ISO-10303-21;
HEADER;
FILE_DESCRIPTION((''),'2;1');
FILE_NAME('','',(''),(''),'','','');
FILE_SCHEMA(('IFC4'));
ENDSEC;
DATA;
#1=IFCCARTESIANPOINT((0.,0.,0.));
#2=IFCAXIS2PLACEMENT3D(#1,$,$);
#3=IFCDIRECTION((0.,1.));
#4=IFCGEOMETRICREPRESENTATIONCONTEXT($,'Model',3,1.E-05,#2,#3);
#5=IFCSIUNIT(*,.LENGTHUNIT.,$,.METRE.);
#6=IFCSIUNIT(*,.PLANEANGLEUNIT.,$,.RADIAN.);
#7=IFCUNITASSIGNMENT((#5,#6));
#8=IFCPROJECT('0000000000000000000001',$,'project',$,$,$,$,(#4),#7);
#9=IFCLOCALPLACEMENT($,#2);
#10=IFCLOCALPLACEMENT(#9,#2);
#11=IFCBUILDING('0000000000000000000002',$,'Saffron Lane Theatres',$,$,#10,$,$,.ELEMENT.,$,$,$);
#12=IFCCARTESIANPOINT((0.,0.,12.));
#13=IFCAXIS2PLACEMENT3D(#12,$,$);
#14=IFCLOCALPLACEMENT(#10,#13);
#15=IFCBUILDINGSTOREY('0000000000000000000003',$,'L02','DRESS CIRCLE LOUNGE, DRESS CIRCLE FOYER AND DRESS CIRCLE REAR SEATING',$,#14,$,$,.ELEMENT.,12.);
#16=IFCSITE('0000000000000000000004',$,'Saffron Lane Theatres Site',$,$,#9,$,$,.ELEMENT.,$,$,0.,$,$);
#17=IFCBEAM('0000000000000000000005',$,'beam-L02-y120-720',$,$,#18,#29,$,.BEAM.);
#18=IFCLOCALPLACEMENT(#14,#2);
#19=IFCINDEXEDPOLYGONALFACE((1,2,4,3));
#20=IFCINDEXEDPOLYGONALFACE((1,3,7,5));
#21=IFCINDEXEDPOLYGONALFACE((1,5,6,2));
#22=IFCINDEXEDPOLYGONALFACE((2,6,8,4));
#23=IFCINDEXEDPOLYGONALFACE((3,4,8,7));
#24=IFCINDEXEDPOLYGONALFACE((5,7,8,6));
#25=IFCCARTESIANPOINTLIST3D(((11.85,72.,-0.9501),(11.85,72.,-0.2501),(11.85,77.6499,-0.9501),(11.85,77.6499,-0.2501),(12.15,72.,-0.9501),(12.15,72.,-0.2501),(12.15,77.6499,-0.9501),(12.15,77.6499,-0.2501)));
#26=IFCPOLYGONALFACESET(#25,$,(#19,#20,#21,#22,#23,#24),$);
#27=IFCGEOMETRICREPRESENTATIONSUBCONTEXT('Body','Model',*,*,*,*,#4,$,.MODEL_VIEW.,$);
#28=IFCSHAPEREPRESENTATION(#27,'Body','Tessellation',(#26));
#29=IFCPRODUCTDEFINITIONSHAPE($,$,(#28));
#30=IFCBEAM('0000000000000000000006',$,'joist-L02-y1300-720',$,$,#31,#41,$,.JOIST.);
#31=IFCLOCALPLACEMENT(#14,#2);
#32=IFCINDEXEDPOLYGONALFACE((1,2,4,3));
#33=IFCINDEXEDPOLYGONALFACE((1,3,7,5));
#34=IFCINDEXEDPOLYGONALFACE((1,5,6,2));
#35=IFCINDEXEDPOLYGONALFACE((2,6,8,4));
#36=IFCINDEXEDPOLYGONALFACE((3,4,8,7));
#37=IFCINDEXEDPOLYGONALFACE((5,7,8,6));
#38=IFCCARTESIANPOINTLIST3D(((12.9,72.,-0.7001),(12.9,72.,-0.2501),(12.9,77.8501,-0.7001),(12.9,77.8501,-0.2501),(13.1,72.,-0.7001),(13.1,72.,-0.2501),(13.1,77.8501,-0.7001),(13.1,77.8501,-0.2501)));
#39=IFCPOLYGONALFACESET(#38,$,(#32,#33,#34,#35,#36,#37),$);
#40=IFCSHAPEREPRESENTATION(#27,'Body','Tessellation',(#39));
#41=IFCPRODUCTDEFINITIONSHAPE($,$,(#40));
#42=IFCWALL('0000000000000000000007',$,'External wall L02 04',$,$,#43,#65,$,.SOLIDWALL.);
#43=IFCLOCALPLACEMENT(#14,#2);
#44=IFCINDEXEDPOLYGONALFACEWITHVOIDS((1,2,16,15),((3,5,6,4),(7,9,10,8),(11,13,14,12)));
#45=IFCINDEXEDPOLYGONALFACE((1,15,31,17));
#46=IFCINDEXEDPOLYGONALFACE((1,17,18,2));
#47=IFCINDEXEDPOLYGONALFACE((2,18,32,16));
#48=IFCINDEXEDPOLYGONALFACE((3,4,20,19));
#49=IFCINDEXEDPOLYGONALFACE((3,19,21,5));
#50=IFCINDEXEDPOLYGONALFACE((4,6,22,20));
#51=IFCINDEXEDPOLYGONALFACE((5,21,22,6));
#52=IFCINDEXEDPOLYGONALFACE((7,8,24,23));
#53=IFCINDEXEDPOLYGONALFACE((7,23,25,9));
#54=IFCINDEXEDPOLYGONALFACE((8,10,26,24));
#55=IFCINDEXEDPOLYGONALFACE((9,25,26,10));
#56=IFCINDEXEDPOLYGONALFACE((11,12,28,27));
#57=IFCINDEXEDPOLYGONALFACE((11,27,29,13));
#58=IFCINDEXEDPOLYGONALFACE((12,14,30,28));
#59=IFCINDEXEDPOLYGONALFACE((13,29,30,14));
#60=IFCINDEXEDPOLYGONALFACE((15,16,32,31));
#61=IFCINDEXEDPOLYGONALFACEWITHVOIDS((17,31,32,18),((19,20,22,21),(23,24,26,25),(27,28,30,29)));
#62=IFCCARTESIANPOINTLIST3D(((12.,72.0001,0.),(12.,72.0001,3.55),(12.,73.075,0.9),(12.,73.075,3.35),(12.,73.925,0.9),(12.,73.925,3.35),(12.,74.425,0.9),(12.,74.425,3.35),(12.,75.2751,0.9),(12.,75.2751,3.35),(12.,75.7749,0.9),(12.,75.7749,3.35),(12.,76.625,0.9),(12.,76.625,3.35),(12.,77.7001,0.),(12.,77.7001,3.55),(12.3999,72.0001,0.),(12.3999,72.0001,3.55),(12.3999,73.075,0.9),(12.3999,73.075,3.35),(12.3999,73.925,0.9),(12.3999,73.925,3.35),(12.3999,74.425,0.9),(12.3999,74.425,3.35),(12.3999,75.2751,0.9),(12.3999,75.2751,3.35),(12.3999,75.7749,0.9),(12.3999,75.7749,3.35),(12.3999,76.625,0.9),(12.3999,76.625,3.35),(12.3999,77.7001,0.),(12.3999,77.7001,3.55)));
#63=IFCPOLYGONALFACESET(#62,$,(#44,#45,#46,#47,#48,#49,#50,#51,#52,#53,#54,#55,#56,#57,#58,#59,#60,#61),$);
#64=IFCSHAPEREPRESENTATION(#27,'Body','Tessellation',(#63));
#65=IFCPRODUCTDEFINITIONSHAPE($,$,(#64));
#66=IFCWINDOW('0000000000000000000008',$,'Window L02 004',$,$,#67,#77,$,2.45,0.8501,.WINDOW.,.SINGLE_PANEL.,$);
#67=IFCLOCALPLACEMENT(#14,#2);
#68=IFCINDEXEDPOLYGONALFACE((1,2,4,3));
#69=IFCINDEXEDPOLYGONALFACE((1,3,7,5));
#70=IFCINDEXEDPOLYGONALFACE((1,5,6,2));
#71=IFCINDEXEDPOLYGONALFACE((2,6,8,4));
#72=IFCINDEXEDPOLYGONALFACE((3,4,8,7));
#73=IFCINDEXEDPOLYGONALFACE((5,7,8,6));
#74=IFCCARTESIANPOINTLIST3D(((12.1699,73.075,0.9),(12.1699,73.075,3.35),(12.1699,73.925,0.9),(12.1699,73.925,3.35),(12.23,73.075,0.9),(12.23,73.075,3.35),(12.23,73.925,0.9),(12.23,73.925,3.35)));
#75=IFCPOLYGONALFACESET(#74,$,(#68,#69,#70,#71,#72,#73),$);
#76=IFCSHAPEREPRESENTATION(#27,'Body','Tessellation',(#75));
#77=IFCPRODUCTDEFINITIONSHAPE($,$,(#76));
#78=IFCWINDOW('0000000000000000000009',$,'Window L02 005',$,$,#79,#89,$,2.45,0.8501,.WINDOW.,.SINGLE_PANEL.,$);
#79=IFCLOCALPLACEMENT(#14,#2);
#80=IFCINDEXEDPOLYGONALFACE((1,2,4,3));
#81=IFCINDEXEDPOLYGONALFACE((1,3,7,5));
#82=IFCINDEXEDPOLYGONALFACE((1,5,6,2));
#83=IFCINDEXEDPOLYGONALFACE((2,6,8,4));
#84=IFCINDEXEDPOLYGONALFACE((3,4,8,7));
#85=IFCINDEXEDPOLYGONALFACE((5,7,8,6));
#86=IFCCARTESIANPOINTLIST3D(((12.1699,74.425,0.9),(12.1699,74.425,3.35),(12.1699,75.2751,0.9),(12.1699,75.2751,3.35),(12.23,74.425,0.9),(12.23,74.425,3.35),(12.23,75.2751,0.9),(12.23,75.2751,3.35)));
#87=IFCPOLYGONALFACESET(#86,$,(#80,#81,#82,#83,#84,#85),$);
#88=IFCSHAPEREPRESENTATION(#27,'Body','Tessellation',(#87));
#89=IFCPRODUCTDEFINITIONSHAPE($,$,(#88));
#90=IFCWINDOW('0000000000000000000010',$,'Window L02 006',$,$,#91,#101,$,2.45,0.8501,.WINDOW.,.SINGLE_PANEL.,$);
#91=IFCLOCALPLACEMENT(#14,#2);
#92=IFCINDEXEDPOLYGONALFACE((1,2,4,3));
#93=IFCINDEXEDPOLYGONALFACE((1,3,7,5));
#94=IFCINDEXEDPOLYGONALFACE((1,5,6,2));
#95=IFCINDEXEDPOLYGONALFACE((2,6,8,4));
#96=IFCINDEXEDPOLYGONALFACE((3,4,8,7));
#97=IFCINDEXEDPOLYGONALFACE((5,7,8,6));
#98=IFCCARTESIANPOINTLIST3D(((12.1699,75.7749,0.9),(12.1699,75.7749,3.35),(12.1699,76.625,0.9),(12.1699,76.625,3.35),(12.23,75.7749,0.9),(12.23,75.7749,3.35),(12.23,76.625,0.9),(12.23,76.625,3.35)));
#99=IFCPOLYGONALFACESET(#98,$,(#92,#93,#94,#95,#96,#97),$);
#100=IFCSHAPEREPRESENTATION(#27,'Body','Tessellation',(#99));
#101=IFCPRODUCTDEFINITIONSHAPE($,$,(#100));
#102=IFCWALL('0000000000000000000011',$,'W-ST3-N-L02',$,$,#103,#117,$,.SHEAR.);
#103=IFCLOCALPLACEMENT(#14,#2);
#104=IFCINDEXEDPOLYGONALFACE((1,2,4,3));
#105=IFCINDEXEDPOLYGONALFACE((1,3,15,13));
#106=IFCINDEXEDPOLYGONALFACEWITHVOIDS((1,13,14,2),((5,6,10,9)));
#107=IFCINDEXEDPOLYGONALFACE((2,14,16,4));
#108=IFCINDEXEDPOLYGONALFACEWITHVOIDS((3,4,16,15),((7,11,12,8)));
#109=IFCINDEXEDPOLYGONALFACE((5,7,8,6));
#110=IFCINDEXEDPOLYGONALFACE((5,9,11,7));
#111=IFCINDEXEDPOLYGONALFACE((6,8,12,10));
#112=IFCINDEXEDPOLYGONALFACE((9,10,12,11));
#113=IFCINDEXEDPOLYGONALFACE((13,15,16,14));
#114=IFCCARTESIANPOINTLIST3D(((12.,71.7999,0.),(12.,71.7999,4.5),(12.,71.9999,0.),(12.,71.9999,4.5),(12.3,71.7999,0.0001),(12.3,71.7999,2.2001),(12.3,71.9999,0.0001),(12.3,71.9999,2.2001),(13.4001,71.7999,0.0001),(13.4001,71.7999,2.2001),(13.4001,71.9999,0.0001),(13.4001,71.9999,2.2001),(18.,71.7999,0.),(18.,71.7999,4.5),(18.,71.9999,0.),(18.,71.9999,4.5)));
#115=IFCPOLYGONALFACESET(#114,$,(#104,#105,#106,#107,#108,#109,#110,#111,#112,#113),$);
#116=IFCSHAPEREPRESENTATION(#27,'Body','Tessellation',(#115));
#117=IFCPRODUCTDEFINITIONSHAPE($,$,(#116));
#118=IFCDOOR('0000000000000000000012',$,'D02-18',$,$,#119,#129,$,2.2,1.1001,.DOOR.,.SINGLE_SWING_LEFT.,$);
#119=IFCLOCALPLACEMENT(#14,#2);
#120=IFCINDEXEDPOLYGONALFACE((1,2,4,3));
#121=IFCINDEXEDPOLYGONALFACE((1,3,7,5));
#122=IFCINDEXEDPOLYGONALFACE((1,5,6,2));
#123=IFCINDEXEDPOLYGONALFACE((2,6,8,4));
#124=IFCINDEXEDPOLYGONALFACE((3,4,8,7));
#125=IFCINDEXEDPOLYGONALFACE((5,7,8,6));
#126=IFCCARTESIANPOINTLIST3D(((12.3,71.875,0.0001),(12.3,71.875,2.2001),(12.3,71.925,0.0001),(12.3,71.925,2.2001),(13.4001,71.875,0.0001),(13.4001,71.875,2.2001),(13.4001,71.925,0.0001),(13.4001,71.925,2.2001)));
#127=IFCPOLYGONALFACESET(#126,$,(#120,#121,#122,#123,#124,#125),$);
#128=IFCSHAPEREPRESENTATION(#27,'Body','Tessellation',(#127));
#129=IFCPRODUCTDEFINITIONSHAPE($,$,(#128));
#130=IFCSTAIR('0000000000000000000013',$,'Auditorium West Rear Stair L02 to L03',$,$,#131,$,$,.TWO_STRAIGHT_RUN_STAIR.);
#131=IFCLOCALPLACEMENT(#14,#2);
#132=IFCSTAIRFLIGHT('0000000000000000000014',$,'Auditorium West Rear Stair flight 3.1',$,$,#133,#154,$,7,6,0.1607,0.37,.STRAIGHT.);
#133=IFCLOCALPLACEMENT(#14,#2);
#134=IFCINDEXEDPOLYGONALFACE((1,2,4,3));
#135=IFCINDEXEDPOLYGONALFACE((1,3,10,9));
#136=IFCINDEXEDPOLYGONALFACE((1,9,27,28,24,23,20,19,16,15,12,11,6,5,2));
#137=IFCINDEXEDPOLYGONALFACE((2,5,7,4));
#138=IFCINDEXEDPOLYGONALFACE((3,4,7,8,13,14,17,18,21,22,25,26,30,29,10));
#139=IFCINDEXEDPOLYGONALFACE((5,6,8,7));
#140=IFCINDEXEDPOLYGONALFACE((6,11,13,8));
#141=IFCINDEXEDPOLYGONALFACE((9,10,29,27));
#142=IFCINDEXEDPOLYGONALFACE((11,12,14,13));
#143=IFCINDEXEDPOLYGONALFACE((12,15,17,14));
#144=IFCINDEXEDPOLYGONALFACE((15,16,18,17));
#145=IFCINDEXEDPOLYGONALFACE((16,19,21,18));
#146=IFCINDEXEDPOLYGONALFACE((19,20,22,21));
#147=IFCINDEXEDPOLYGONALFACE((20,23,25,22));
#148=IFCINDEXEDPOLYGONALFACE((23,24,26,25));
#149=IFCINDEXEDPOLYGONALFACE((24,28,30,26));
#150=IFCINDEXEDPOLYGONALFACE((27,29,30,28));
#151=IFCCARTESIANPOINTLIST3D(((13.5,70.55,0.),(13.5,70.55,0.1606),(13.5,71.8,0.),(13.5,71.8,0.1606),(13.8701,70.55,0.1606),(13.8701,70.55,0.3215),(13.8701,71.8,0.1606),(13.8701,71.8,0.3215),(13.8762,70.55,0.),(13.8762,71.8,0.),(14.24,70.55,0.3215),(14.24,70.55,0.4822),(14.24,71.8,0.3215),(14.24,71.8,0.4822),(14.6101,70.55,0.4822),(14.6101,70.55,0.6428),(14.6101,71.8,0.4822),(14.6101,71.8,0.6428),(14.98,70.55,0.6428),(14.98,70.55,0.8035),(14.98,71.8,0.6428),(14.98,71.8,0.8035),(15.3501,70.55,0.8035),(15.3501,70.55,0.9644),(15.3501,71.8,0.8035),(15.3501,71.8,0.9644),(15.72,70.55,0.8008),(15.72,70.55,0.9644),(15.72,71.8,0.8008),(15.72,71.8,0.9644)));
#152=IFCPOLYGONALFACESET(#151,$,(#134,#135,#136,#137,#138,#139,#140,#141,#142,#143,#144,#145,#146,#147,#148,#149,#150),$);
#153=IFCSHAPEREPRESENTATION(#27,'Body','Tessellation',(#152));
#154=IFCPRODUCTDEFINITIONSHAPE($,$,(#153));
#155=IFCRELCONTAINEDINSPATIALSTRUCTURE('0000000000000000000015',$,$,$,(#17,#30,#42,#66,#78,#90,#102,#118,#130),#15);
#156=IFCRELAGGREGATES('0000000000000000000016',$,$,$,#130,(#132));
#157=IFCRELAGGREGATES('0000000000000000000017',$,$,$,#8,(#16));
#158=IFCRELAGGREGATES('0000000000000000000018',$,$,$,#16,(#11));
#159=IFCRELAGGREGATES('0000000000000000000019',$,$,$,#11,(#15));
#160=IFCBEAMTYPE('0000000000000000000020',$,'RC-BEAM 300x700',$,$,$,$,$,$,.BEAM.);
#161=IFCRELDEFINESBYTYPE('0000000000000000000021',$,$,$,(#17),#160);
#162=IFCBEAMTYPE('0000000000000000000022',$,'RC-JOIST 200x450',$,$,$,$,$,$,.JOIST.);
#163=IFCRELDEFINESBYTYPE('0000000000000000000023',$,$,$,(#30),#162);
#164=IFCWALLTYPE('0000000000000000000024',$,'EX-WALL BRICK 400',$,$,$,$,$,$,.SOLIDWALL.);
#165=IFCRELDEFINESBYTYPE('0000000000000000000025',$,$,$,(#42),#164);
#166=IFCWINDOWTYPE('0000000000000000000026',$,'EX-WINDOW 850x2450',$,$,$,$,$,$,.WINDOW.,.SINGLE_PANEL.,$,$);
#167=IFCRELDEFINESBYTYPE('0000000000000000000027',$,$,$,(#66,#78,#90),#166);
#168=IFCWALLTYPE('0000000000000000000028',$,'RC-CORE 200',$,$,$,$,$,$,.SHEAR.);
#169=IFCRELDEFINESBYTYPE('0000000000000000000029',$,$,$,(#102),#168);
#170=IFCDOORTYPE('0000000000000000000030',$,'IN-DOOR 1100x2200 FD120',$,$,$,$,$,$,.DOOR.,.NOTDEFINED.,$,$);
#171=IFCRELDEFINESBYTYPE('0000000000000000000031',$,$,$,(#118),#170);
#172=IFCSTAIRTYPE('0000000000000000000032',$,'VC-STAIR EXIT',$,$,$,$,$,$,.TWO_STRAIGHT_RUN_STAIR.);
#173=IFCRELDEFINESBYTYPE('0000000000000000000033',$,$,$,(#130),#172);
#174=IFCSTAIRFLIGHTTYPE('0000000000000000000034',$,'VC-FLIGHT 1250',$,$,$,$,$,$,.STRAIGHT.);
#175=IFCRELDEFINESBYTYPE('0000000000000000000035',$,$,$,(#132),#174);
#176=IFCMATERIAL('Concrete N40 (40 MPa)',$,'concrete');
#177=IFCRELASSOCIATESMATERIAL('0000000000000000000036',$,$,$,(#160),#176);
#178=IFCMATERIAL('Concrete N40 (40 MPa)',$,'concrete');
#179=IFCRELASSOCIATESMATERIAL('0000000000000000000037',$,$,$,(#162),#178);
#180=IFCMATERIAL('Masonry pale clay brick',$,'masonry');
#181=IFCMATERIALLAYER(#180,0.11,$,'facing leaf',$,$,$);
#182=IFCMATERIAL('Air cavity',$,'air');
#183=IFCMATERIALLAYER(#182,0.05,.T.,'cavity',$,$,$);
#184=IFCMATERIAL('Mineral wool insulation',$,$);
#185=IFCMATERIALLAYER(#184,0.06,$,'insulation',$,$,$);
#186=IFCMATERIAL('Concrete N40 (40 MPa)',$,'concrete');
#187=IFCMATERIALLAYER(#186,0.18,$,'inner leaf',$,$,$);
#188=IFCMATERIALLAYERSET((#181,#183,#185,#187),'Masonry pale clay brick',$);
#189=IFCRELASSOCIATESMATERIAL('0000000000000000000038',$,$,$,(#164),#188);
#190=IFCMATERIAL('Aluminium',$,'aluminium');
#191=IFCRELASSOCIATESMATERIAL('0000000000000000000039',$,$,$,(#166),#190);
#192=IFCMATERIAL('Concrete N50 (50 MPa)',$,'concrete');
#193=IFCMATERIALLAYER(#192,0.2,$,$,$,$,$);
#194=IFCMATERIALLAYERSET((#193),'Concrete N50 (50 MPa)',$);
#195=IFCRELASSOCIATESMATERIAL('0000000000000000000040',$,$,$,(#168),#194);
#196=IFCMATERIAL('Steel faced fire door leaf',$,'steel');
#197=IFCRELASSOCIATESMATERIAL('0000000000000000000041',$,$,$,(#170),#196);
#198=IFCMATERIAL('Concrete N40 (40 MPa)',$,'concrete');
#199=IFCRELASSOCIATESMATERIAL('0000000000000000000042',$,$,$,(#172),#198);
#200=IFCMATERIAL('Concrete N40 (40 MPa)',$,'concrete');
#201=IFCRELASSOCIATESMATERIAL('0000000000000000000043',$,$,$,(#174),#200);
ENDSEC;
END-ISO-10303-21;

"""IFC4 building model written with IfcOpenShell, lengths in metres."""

from ifc_helpers import new_model, si_unit, direction, frame, frame_2d, origin, origin_2d, place, context, subcontext, project, spatial, polyline, rectangle, outline, extrude, material, layer, layer_set, material_profile, profile_set, type_object, element, fill, aggregate, save


model = new_model("IFC4")

# Units and contexts
model_context = context("Model", 3, precision=1e-05, world=origin(), true_north=direction((0.0, 1.0)))
body_context = subcontext(model_context, "Body", "Model", "MODEL_VIEW")
ifc_project = project(units=[si_unit("LENGTHUNIT", "METRE"), si_unit("PLANEANGLEUNIT", "RADIAN")], contexts=[model_context])

# Site, building, storey
site_placement = place(None, origin())
site = spatial("IfcSite", under=ifc_project, at=site_placement, Name="Saffron Lane Theatres Site", CompositionType="ELEMENT", RefElevation=0.0)
building_placement = place(site_placement, origin())
building = spatial("IfcBuilding", under=site, at=building_placement, Name="Saffron Lane Theatres", CompositionType="ELEMENT")
storey_placement = place(building_placement, frame((0.0, 0.0, 12.0)))
storey = spatial("IfcBuildingStorey", under=building, at=storey_placement, Name="L02", Description="DRESS CIRCLE LOUNGE, DRESS CIRCLE FOYER AND DRESS CIRCLE REAR SEATING", CompositionType="ELEMENT", Elevation=12.0)

# Beams
ifc_material_1 = material(Name="Concrete N40 (40 MPa)", Category="concrete")
ifc_material_profile_1 = material_profile(ifc_material_1, rectangle(XDim=0.3, YDim=0.7, at=origin_2d()))
ifc_profile_set_1 = profile_set([ifc_material_profile_1], Name="Concrete N40 (40 MPa)")
beam_type_1 = type_object("IfcBeamType", Name="RC-BEAM 300x700", PredefinedType="BEAM", material=ifc_profile_set_1)
beam_1_placement = place(storey_placement, frame((12.0, 72.0, -0.6001), z_axis=(0.0, 1.0, 0.0), x_axis=(-1.0, 0.0, 0.0)))
element("IfcBeam", 1, at=beam_1_placement, inside=storey, type_object=beam_type_1, Name="beam-L02-y120-720", PredefinedType="BEAM", context=body_context, shape_type="SweptSolid", body=[
    extrude(rectangle(XDim=0.3, YDim=0.7, at=origin_2d()), origin(), (0.0, 0.0, 1.0), 5.6499),
])
ifc_material_2 = material(Name="Concrete N40 (40 MPa)", Category="concrete")
ifc_material_profile_2 = material_profile(ifc_material_2, rectangle(XDim=0.2, YDim=0.45, at=origin_2d()))
ifc_profile_set_2 = profile_set([ifc_material_profile_2], Name="Concrete N40 (40 MPa)")
beam_type_2 = type_object("IfcBeamType", Name="RC-JOIST 200x450", PredefinedType="JOIST", material=ifc_profile_set_2)
beam_2_placement = place(storey_placement, frame((13.0, 72.0, -0.4751), z_axis=(0.0, 1.0, 0.0), x_axis=(-1.0, 0.0, 0.0)))
element("IfcBeam", 2, at=beam_2_placement, inside=storey, type_object=beam_type_2, Name="joist-L02-y1300-720", PredefinedType="JOIST", context=body_context, shape_type="SweptSolid", body=[
    extrude(rectangle(XDim=0.2, YDim=0.45, at=origin_2d()), origin(), (0.0, 0.0, 1.0), 5.8501),
])

# Wall, openings, windows
ifc_material_3 = material(Name="Masonry pale clay brick", Category="masonry")
ifc_layer_1 = layer(ifc_material_3, 0.11, Name="facing leaf")
ifc_material_4 = material(Name="Air cavity", Category="air")
ifc_layer_2 = layer(ifc_material_4, 0.05, ventilated=True, Name="cavity")
ifc_material_5 = material(Name="Mineral wool insulation")
ifc_layer_3 = layer(ifc_material_5, 0.06, Name="insulation")
ifc_material_6 = material(Name="Concrete N40 (40 MPa)", Category="concrete")
ifc_layer_4 = layer(ifc_material_6, 0.18, Name="inner leaf")
ifc_layer_set_1 = layer_set([ifc_layer_1, ifc_layer_2, ifc_layer_3, ifc_layer_4], Name="Masonry pale clay brick")
wall_type_1 = type_object("IfcWallType", Name="EX-WALL BRICK 400", PredefinedType="SOLIDWALL", material=ifc_layer_set_1)
wall_1_placement = place(storey_placement, frame((12.2, 72.0, 0.0), z_axis=(0.0, 0.0, 1.0), x_axis=(0.0, 1.0, 0.0)))
wall_1 = element("IfcWall", 3, at=wall_1_placement, inside=storey, type_object=wall_type_1, Name="External wall L02 04", PredefinedType="SOLIDWALL", context=body_context, shape_type="SweptSolid", body=[
    extrude(rectangle(XDim=5.7, YDim=0.3999, at=frame_2d((2.8501, 0.0))), origin(), (0.0, 0.0, 1.0), 3.55),
])
opening_1_placement = place(wall_1_placement, frame((1.075, 0.0, 0.8999)))
opening_1 = element("IfcOpeningElement", 4, at=opening_1_placement, cuts=wall_1, PredefinedType="OPENING", context=body_context, shape_type="SweptSolid", body=[
    extrude(rectangle(XDim=0.8501, YDim=2.45, at=frame_2d((0.425, 1.2251))), frame((0.0, 0.21, 0.0), z_axis=(0.0, -1.0, 0.0), x_axis=(1.0, 0.0, 0.0)), (0.0, 0.0, 1.0), 0.4199),
])
opening_2_placement = place(wall_1_placement, frame((2.425, 0.0, 0.8999)))
opening_2 = element("IfcOpeningElement", 5, at=opening_2_placement, cuts=wall_1, PredefinedType="OPENING", context=body_context, shape_type="SweptSolid", body=[
    extrude(rectangle(XDim=0.8501, YDim=2.45, at=frame_2d((0.425, 1.2251))), frame((0.0, 0.21, 0.0), z_axis=(0.0, -1.0, 0.0), x_axis=(1.0, 0.0, 0.0)), (0.0, 0.0, 1.0), 0.4199),
])
opening_3_placement = place(wall_1_placement, frame((3.7749, 0.0, 0.8999)))
opening_3 = element("IfcOpeningElement", 6, at=opening_3_placement, cuts=wall_1, PredefinedType="OPENING", context=body_context, shape_type="SweptSolid", body=[
    extrude(rectangle(XDim=0.8501, YDim=2.45, at=frame_2d((0.425, 1.2251))), frame((0.0, 0.21, 0.0), z_axis=(0.0, -1.0, 0.0), x_axis=(1.0, 0.0, 0.0)), (0.0, 0.0, 1.0), 0.4199),
])
ifc_material_7 = material(Name="Aluminium", Category="aluminium")
window_type = type_object("IfcWindowType", Name="EX-WINDOW 850x2450", PartitioningType="SINGLE_PANEL", PredefinedType="WINDOW", material=ifc_material_7)
window_1_placement = place(opening_1_placement, origin())
window_1 = element("IfcWindow", 7, at=window_1_placement, inside=storey, type_object=window_type, Name="Window L02 004", OverallHeight=2.45, OverallWidth=0.8501, PartitioningType="SINGLE_PANEL", PredefinedType="WINDOW", context=body_context, shape_type="SweptSolid", body=[
    extrude(rectangle(XDim=0.8501, YDim=2.45, at=frame_2d((0.425, 1.2251))), frame((0.0, 0.03, 0.0), z_axis=(0.0, -1.0, 0.0), x_axis=(1.0, 0.0, 0.0)), (0.0, 0.0, 1.0), 0.0601),
])
fill(opening_1, window_1)
window_2_placement = place(opening_2_placement, origin())
window_2 = element("IfcWindow", 8, at=window_2_placement, inside=storey, type_object=window_type, Name="Window L02 005", OverallHeight=2.45, OverallWidth=0.8501, PartitioningType="SINGLE_PANEL", PredefinedType="WINDOW", context=body_context, shape_type="SweptSolid", body=[
    extrude(rectangle(XDim=0.8501, YDim=2.45, at=frame_2d((0.425, 1.2251))), frame((0.0, 0.03, 0.0), z_axis=(0.0, -1.0, 0.0), x_axis=(1.0, 0.0, 0.0)), (0.0, 0.0, 1.0), 0.0601),
])
fill(opening_2, window_2)
window_3_placement = place(opening_3_placement, origin())
window_3 = element("IfcWindow", 9, at=window_3_placement, inside=storey, type_object=window_type, Name="Window L02 006", OverallHeight=2.45, OverallWidth=0.8501, PartitioningType="SINGLE_PANEL", PredefinedType="WINDOW", context=body_context, shape_type="SweptSolid", body=[
    extrude(rectangle(XDim=0.8501, YDim=2.45, at=frame_2d((0.425, 1.2251))), frame((0.0, 0.03, 0.0), z_axis=(0.0, -1.0, 0.0), x_axis=(1.0, 0.0, 0.0)), (0.0, 0.0, 1.0), 0.0601),
])
fill(opening_3, window_3)

# Wall, opening, door
ifc_material_8 = material(Name="Concrete N50 (50 MPa)", Category="concrete")
ifc_layer_5 = layer(ifc_material_8, 0.2)
ifc_layer_set_2 = layer_set([ifc_layer_5], Name="Concrete N50 (50 MPa)")
wall_type_2 = type_object("IfcWallType", Name="RC-CORE 200", PredefinedType="SHEAR", material=ifc_layer_set_2)
wall_2_placement = place(storey_placement, frame((12.0, 71.8999, 0.0), z_axis=(0.0, 0.0, 1.0), x_axis=(1.0, 0.0, 0.0)))
wall_2 = element("IfcWall", 10, at=wall_2_placement, inside=storey, type_object=wall_type_2, Name="W-ST3-N-L02", PredefinedType="SHEAR", context=body_context, shape_type="SweptSolid", body=[
    extrude(rectangle(XDim=6.0, YDim=0.2, at=frame_2d((3.0, 0.0))), origin(), (0.0, 0.0, 1.0), 4.5),
])
opening_4_placement = place(wall_2_placement, frame((0.3, 0.0, 0.0)))
opening_4 = element("IfcOpeningElement", 11, at=opening_4_placement, cuts=wall_2, PredefinedType="OPENING", context=body_context, shape_type="SweptSolid", body=[
    extrude(rectangle(XDim=1.1001, YDim=2.2, at=frame_2d((0.55, 1.1001))), frame((0.0, 0.1099, 0.0), z_axis=(0.0, -1.0, 0.0), x_axis=(1.0, 0.0, 0.0)), (0.0, 0.0, 1.0), 0.22),
])
ifc_material_9 = material(Name="Steel faced fire door leaf", Category="steel")
door_type = type_object("IfcDoorType", Name="IN-DOOR 1100x2200 FD120", OperationType="NOTDEFINED", PredefinedType="DOOR", material=ifc_material_9)
door_placement = place(opening_4_placement, frame((1.1001, 0.0, 0.0), z_axis=(0.0, 0.0, 1.0), x_axis=(-1.0, 0.0, 0.0)))
door = element("IfcDoor", 12, at=door_placement, inside=storey, type_object=door_type, Name="D02-18", OperationType="SINGLE_SWING_LEFT", OverallHeight=2.2, OverallWidth=1.1001, PredefinedType="DOOR", context=body_context, shape_type="SweptSolid", body=[
    extrude(rectangle(XDim=1.1001, YDim=2.2, at=frame_2d((0.55, 1.1001))), frame((0.0, 0.0249, 0.0), z_axis=(0.0, -1.0, 0.0), x_axis=(1.0, 0.0, 0.0)), (0.0, 0.0, 1.0), 0.05),
])
fill(opening_4, door)

# Stair, stair flight
ifc_material_10 = material(Name="Concrete N40 (40 MPa)", Category="concrete")
stair_type = type_object("IfcStairType", Name="VC-STAIR EXIT", PredefinedType="TWO_STRAIGHT_RUN_STAIR", material=ifc_material_10)
stair_placement = place(storey_placement, origin())
stair = element("IfcStair", 13, at=stair_placement, inside=storey, type_object=stair_type, Name="Auditorium West Rear Stair L02 to L03", PredefinedType="TWO_STRAIGHT_RUN_STAIR")
ifc_material_11 = material(Name="Concrete N40 (40 MPa)", Category="concrete")
stair_flight_type = type_object("IfcStairFlightType", Name="VC-FLIGHT 1250", PredefinedType="STRAIGHT", material=ifc_material_11)
stair_flight_placement = place(storey_placement, frame((13.5, 71.175, 0.0), z_axis=(0.0, 0.0, 1.0), x_axis=(1.0, 0.0, 0.0)))
stair_flight = element("IfcStairFlight", 14, at=stair_flight_placement, type_object=stair_flight_type, Name="Auditorium West Rear Stair flight 3.1", NumberOfRisers=7, NumberOfTreads=6, PredefinedType="STRAIGHT", RiserHeight=0.1607, TreadLength=0.37, context=body_context, shape_type="SweptSolid", body=[
    extrude(outline(polyline([(0.0, 0.0), (0.0, 0.1606), (0.3701, 0.1606), (0.3701, 0.3215), (0.74, 0.3215), (0.74, 0.4822), (1.1101, 0.4822), (1.1101, 0.6428), (1.48, 0.6428), (1.48, 0.8035), (1.8501, 0.8035), (1.8501, 0.9644), (2.22, 0.9644), (2.22, 1.125), (2.22, 0.8008), (0.3762, 0.0), (0.0, 0.0)])), frame((0.0, 0.625, 0.0), z_axis=(0.0, -1.0, 0.0), x_axis=(1.0, 0.0, 0.0)), (0.0, 0.0, 1.0), 1.25),
])
aggregate(stair, [stair_flight])

save(model, "model.ifc")
